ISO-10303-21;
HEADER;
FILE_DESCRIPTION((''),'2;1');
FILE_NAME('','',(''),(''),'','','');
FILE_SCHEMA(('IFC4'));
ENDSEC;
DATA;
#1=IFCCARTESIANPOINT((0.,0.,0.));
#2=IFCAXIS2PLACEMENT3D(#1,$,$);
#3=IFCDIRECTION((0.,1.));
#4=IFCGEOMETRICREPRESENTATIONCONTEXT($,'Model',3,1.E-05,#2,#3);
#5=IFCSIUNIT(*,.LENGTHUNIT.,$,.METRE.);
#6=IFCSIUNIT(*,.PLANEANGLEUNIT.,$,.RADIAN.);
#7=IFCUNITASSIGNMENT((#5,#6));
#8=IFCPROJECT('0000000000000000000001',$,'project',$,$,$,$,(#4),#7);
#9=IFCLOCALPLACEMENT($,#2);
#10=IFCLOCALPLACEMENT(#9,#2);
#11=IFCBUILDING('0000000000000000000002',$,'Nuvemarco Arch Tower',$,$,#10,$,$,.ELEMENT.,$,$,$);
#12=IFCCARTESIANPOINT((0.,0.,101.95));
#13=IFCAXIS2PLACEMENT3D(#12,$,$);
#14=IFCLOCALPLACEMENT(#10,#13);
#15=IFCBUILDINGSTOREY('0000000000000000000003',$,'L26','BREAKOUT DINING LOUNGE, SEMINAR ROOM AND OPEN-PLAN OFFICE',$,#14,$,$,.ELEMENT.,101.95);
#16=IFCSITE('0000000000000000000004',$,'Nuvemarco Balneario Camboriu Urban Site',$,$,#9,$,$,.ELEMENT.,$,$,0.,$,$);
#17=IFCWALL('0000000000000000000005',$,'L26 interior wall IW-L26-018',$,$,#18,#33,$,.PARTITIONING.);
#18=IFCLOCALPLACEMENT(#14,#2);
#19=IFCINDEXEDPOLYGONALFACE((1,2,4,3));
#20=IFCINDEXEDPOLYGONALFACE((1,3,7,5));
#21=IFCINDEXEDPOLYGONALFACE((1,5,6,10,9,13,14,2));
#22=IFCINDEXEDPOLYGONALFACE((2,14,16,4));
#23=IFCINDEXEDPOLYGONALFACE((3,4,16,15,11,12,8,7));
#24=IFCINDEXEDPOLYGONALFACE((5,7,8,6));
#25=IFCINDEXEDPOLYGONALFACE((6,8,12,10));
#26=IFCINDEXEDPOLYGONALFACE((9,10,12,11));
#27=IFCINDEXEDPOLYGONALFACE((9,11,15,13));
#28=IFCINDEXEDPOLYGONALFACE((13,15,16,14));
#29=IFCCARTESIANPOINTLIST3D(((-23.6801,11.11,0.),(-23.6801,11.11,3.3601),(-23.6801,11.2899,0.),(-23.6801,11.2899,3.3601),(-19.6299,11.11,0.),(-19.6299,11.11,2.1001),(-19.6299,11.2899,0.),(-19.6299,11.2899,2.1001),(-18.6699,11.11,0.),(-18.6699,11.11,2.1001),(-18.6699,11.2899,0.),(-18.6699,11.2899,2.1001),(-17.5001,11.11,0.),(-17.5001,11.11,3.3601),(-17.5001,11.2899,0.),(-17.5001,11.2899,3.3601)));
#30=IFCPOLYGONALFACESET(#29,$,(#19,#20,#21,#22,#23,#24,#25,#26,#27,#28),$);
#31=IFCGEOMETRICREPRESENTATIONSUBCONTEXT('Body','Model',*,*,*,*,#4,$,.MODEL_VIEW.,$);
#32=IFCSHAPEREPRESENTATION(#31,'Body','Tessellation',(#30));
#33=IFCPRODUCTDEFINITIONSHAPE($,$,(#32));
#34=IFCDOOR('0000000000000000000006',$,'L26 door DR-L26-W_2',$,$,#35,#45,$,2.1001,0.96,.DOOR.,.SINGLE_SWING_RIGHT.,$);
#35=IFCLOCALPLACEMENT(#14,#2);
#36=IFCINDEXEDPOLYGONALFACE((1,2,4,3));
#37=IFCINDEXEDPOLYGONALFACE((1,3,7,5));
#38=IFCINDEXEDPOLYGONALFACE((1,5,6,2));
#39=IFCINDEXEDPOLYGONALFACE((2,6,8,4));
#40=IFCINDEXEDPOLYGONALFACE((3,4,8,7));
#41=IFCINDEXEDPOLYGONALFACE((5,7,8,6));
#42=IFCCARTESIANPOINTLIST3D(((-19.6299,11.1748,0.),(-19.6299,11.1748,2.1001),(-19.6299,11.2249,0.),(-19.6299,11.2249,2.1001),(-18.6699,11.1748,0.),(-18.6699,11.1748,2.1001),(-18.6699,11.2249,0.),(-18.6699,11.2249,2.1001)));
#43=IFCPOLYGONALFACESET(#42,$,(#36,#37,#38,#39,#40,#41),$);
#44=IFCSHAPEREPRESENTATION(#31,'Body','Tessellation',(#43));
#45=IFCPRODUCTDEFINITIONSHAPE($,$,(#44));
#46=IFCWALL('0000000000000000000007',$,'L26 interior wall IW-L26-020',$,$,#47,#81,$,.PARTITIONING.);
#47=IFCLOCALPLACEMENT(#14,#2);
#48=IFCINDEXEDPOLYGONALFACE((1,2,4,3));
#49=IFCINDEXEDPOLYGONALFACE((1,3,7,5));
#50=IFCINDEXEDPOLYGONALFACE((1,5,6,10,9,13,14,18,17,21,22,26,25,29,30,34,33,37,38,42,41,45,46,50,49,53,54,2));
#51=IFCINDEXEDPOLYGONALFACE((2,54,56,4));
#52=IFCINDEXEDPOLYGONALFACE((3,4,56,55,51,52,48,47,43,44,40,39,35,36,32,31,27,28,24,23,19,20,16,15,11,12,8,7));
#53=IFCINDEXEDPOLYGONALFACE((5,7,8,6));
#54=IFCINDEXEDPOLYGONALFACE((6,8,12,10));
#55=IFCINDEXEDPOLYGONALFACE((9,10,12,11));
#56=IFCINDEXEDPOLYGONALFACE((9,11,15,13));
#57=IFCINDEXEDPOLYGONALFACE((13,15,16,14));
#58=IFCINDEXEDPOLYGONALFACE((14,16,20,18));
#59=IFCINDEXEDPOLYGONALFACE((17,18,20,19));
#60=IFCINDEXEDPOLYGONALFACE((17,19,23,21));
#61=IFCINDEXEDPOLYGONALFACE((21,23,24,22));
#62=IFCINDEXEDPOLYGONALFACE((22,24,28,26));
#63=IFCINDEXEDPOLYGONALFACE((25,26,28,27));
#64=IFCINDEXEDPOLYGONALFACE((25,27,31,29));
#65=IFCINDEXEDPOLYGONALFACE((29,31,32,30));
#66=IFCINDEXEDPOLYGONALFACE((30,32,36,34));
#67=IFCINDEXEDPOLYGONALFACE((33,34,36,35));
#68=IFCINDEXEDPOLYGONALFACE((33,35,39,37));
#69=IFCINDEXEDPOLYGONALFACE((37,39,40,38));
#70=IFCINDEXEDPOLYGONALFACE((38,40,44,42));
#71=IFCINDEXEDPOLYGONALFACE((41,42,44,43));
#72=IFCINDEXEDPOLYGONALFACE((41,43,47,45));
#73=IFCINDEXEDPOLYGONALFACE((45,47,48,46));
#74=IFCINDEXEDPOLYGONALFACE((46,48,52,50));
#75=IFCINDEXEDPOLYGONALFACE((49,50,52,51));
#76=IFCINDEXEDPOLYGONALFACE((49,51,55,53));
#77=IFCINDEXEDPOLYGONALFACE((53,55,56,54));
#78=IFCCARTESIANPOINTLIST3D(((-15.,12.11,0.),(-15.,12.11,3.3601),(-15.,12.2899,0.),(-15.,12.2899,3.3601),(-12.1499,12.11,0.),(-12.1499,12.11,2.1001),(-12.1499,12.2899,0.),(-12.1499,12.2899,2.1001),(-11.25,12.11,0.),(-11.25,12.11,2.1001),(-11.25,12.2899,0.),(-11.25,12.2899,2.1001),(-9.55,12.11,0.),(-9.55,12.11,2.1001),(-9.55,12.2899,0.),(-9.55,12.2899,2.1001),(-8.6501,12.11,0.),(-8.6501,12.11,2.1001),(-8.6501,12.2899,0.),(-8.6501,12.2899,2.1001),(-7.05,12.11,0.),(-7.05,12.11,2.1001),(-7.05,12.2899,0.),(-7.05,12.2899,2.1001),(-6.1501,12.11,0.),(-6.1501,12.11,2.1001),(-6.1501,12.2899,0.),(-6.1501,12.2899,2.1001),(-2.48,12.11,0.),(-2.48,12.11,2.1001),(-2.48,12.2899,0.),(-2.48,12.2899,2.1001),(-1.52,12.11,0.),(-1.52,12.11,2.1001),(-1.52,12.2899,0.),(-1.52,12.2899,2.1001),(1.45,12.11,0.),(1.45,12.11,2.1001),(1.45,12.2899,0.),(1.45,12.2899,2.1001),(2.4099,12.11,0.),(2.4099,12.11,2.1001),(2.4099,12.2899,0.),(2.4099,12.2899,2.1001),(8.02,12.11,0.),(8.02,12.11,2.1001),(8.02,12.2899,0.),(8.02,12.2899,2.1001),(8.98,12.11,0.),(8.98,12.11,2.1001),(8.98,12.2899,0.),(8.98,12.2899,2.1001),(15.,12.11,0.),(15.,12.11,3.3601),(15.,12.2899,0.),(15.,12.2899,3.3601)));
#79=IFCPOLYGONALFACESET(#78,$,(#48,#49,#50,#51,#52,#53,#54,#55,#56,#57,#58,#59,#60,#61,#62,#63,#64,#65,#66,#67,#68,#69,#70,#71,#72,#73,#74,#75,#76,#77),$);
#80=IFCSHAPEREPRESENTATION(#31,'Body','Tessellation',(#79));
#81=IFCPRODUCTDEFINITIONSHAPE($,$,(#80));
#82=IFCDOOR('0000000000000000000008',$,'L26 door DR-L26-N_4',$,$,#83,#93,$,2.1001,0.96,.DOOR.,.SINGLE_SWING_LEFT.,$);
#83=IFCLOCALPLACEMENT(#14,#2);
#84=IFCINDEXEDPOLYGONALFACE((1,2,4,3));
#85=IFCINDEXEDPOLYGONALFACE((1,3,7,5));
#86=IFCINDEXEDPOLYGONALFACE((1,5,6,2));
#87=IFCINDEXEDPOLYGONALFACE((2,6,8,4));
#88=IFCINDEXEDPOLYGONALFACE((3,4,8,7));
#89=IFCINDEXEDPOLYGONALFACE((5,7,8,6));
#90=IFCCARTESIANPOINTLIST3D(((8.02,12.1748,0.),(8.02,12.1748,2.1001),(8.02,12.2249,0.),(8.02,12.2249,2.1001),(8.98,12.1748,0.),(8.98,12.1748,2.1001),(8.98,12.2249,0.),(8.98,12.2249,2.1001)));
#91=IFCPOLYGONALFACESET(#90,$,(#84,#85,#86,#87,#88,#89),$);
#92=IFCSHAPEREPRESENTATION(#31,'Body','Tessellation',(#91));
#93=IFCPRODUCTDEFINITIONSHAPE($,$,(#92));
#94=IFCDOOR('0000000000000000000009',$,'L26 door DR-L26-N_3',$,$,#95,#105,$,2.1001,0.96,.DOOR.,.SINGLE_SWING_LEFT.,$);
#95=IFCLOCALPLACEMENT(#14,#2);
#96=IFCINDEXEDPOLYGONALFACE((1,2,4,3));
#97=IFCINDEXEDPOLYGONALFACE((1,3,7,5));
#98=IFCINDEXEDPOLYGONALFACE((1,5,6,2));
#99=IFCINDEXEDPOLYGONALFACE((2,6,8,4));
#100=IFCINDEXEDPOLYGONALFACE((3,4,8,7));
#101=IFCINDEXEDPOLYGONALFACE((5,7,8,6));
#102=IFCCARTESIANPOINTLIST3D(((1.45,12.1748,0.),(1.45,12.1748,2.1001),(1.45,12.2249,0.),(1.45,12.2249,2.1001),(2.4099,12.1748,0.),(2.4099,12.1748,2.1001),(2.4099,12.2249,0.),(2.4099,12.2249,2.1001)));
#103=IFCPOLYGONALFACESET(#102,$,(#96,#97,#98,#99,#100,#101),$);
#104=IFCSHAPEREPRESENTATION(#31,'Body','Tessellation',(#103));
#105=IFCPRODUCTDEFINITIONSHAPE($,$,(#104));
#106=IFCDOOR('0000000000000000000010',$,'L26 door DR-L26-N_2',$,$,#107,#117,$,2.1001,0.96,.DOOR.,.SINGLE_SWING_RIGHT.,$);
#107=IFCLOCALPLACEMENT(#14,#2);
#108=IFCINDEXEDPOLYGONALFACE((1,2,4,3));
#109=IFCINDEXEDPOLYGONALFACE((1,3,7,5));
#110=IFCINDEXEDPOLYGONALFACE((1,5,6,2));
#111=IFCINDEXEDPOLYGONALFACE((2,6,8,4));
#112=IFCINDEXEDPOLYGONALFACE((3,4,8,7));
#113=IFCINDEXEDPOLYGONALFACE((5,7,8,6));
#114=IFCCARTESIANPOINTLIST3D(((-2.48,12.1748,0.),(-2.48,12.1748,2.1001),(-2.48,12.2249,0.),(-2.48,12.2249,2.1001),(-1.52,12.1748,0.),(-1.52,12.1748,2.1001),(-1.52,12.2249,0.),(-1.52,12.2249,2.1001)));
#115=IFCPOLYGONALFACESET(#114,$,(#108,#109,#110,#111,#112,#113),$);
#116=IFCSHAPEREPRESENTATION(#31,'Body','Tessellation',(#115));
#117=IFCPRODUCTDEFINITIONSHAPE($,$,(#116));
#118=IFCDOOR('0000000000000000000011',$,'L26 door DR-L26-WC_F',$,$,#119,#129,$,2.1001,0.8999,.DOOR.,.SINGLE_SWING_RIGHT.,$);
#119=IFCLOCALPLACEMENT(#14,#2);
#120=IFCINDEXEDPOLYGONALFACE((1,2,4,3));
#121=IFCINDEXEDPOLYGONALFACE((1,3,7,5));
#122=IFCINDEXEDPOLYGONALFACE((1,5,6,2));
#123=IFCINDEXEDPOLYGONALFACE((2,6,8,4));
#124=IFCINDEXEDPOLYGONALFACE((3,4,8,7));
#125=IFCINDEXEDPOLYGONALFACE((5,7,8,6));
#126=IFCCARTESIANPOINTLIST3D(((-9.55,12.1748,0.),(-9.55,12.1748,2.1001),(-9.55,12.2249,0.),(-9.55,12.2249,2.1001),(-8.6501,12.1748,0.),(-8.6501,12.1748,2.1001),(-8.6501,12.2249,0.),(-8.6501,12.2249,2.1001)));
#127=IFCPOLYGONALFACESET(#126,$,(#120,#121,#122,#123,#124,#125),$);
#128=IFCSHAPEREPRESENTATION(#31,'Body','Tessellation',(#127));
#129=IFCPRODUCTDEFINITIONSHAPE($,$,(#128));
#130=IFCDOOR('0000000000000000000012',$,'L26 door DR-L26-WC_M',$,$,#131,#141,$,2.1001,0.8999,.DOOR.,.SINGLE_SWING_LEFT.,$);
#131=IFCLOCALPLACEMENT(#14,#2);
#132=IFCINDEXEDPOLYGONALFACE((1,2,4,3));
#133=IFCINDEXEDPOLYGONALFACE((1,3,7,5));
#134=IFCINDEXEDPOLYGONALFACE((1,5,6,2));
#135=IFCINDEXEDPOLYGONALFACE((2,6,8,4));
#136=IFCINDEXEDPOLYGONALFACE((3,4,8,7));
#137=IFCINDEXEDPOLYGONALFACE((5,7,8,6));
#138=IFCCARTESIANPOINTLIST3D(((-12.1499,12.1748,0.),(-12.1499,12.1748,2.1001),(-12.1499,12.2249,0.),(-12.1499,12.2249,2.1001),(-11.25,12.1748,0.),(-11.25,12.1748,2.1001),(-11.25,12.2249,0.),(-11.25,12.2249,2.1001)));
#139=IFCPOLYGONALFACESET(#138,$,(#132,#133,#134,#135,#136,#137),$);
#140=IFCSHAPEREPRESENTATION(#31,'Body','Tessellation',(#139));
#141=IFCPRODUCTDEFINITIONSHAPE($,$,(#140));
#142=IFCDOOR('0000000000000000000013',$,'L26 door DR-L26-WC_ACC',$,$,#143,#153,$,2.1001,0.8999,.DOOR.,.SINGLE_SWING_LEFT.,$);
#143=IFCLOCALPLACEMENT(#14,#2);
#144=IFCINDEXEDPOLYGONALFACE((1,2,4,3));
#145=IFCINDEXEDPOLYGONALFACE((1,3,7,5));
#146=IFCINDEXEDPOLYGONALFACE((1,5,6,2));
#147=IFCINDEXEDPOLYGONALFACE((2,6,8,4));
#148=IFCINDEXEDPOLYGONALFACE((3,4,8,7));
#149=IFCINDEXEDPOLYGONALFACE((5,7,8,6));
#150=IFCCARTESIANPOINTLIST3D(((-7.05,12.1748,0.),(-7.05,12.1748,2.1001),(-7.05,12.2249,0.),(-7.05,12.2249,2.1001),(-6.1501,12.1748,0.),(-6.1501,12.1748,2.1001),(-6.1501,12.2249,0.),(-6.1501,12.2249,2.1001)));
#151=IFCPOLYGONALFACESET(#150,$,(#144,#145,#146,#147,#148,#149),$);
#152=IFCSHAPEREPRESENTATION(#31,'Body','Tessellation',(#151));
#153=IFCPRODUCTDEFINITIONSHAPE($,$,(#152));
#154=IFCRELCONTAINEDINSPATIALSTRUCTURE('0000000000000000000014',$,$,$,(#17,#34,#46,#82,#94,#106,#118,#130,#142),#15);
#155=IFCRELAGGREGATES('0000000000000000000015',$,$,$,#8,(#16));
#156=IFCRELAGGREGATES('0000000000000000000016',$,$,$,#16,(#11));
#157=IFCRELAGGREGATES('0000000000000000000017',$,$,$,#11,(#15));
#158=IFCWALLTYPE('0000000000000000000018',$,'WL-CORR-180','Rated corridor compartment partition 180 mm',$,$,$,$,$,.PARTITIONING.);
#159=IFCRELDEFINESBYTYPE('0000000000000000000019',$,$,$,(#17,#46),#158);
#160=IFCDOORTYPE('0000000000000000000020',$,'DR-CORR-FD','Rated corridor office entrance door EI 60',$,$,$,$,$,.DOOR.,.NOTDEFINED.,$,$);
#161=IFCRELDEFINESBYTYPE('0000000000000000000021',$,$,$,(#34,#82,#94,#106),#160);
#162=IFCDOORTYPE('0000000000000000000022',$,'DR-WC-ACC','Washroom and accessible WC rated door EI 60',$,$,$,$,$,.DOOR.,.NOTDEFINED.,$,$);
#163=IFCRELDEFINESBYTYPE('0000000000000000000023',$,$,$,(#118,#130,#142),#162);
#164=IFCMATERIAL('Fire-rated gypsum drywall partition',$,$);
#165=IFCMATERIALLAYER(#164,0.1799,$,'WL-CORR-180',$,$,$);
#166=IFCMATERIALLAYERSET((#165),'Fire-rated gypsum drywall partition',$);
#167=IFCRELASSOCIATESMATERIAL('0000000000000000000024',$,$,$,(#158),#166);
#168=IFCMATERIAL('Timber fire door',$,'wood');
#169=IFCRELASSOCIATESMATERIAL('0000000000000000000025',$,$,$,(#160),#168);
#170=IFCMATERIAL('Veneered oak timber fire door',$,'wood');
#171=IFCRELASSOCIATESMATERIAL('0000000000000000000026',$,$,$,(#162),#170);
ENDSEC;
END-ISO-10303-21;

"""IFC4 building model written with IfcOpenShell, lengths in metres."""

from ifc_helpers import new_model, si_unit, direction, frame, frame_2d, origin, place, context, subcontext, project, spatial, rectangle, extrude, source, transform, mapped, material, layer, layer_set, type_object, type_shapes, element, fill, save


model = new_model("IFC4")

# Units and contexts
model_context = context("Model", 3, precision=1e-05, world=origin(), true_north=direction((0.0, 1.0)))
body_context = subcontext(model_context, "Body", "Model", "MODEL_VIEW")
ifc_project = project(units=[si_unit("LENGTHUNIT", "METRE"), si_unit("PLANEANGLEUNIT", "RADIAN")], contexts=[model_context])

# Site, building, storey
site_placement = place(None, origin())
site = spatial("IfcSite", under=ifc_project, at=site_placement, Name="Nuvemarco Balneario Camboriu Urban Site", CompositionType="ELEMENT", RefElevation=0.0)
building_placement = place(site_placement, origin())
building = spatial("IfcBuilding", under=site, at=building_placement, Name="Nuvemarco Arch Tower", CompositionType="ELEMENT")
storey_placement = place(building_placement, frame((0.0, 0.0, 101.95)))
storey = spatial("IfcBuildingStorey", under=building, at=storey_placement, Name="L26", Description="BREAKOUT DINING LOUNGE, SEMINAR ROOM AND OPEN-PLAN OFFICE", CompositionType="ELEMENT", Elevation=101.95)

# Wall, opening, door
ifc_material_1 = material(Name="Fire-rated gypsum drywall partition")
ifc_layer = layer(ifc_material_1, 0.1799, Name="WL-CORR-180")
ifc_layer_set = layer_set([ifc_layer], Name="Fire-rated gypsum drywall partition")
wall_type = type_object("IfcWallType", Name="WL-CORR-180", Description="Rated corridor compartment partition 180 mm", PredefinedType="PARTITIONING", material=ifc_layer_set)
wall_1_placement = place(storey_placement, frame((-23.6799, 11.2, 0.0), z_axis=(0.0, 0.0, 1.0), x_axis=(1.0, 0.0, 0.0)))
wall_1 = element("IfcWall", 1, at=wall_1_placement, inside=storey, type_object=wall_type, Name="L26 interior wall IW-L26-018", PredefinedType="PARTITIONING", context=body_context, shape_type="SweptSolid", body=[
    extrude(rectangle(XDim=6.1799, YDim=0.1799, at=frame_2d((3.0898, 0.0))), origin(), (0.0, 0.0, 1.0), 3.3601),
])
opening_1_placement = place(wall_1_placement, frame((4.05, 0.0, 0.0)))
opening_1 = element("IfcOpeningElement", 2, at=opening_1_placement, cuts=wall_1, PredefinedType="OPENING", context=body_context, shape_type="SweptSolid", body=[
    extrude(rectangle(XDim=0.96, YDim=2.1001, at=frame_2d((0.48, 1.05))), frame((0.0, 0.0999, 0.0), z_axis=(0.0, -1.0, 0.0), x_axis=(1.0, 0.0, 0.0)), (0.0, 0.0, 1.0), 0.2),
])
ifc_material_2 = material(Name="Timber fire door", Category="wood")
door_type_1 = type_object("IfcDoorType", Name="DR-CORR-FD", Description="Rated corridor office entrance door EI 60", OperationType="NOTDEFINED", PredefinedType="DOOR", material=ifc_material_2)
shared_shape_1 = source(origin(), body_context, "Body", "SweptSolid", [
    extrude(rectangle(XDim=0.96, YDim=2.1001, at=frame_2d((0.48, 1.05))), frame((0.0, 0.0249, 0.0), z_axis=(0.0, -1.0, 0.0), x_axis=(1.0, 0.0, 0.0)), (0.0, 0.0, 1.0), 0.05),
])
type_shapes(door_type_1, [shared_shape_1])
door_1_placement = place(opening_1_placement, origin())
door_1 = element("IfcDoor", 3, at=door_1_placement, inside=storey, type_object=door_type_1, Name="L26 door DR-L26-W_2", OperationType="SINGLE_SWING_RIGHT", OverallHeight=2.1001, OverallWidth=0.96, PredefinedType="DOOR", context=body_context, shape_type="MappedRepresentation", body=[
    mapped(shared_shape_1, transform((0.0, 0.0, 0.0), scale=1.0)),
])
fill(opening_1, door_1)

# Wall, openings, doors
wall_2_placement = place(storey_placement, frame((-15.0, 12.2, 0.0), z_axis=(0.0, 0.0, 1.0), x_axis=(1.0, 0.0, 0.0)))
wall_2 = element("IfcWall", 4, at=wall_2_placement, inside=storey, type_object=wall_type, Name="L26 interior wall IW-L26-020", PredefinedType="PARTITIONING", context=body_context, shape_type="SweptSolid", body=[
    extrude(rectangle(XDim=30.0, YDim=0.1799, at=frame_2d((15.0, 0.0))), origin(), (0.0, 0.0, 1.0), 3.3601),
])
opening_2_placement = place(wall_2_placement, frame((23.02, 0.0, 0.0)))
opening_2 = element("IfcOpeningElement", 5, at=opening_2_placement, cuts=wall_2, PredefinedType="OPENING", context=body_context, shape_type="SweptSolid", body=[
    extrude(rectangle(XDim=0.96, YDim=2.1001, at=frame_2d((0.48, 1.05))), frame((0.0, 0.0999, 0.0), z_axis=(0.0, -1.0, 0.0), x_axis=(1.0, 0.0, 0.0)), (0.0, 0.0, 1.0), 0.2),
])
opening_3_placement = place(wall_2_placement, frame((16.45, 0.0, 0.0)))
opening_3 = element("IfcOpeningElement", 6, at=opening_3_placement, cuts=wall_2, PredefinedType="OPENING", context=body_context, shape_type="SweptSolid", body=[
    extrude(rectangle(XDim=0.96, YDim=2.1001, at=frame_2d((0.48, 1.05))), frame((0.0, 0.0999, 0.0), z_axis=(0.0, -1.0, 0.0), x_axis=(1.0, 0.0, 0.0)), (0.0, 0.0, 1.0), 0.2),
])
opening_4_placement = place(wall_2_placement, frame((5.45, 0.0, 0.0)))
opening_4 = element("IfcOpeningElement", 7, at=opening_4_placement, cuts=wall_2, PredefinedType="OPENING", context=body_context, shape_type="SweptSolid", body=[
    extrude(rectangle(XDim=0.8999, YDim=2.1001, at=frame_2d((0.45, 1.05))), frame((0.0, 0.0999, 0.0), z_axis=(0.0, -1.0, 0.0), x_axis=(1.0, 0.0, 0.0)), (0.0, 0.0, 1.0), 0.2),
])
opening_5_placement = place(wall_2_placement, frame((2.8501, 0.0, 0.0)))
opening_5 = element("IfcOpeningElement", 8, at=opening_5_placement, cuts=wall_2, PredefinedType="OPENING", context=body_context, shape_type="SweptSolid", body=[
    extrude(rectangle(XDim=0.8999, YDim=2.1001, at=frame_2d((0.45, 1.05))), frame((0.0, 0.0999, 0.0), z_axis=(0.0, -1.0, 0.0), x_axis=(1.0, 0.0, 0.0)), (0.0, 0.0, 1.0), 0.2),
])
opening_6_placement = place(wall_2_placement, frame((12.52, 0.0, 0.0)))
opening_6 = element("IfcOpeningElement", 9, at=opening_6_placement, cuts=wall_2, PredefinedType="OPENING", context=body_context, shape_type="SweptSolid", body=[
    extrude(rectangle(XDim=0.96, YDim=2.1001, at=frame_2d((0.48, 1.05))), frame((0.0, 0.0999, 0.0), z_axis=(0.0, -1.0, 0.0), x_axis=(1.0, 0.0, 0.0)), (0.0, 0.0, 1.0), 0.2),
])
opening_7_placement = place(wall_2_placement, frame((7.95, 0.0, 0.0)))
opening_7 = element("IfcOpeningElement", 10, at=opening_7_placement, cuts=wall_2, PredefinedType="OPENING", context=body_context, shape_type="SweptSolid", body=[
    extrude(rectangle(XDim=0.8999, YDim=2.1001, at=frame_2d((0.45, 1.05))), frame((0.0, 0.0999, 0.0), z_axis=(0.0, -1.0, 0.0), x_axis=(1.0, 0.0, 0.0)), (0.0, 0.0, 1.0), 0.2),
])
door_2_placement = place(opening_2_placement, origin())
door_2 = element("IfcDoor", 11, at=door_2_placement, inside=storey, type_object=door_type_1, Name="L26 door DR-L26-N_4", OperationType="SINGLE_SWING_LEFT", OverallHeight=2.1001, OverallWidth=0.96, PredefinedType="DOOR", context=body_context, shape_type="MappedRepresentation", body=[
    mapped(shared_shape_1, transform((0.0, 0.0, 0.0), scale=1.0)),
])
fill(opening_2, door_2)
door_3_placement = place(opening_3_placement, origin())
door_3 = element("IfcDoor", 12, at=door_3_placement, inside=storey, type_object=door_type_1, Name="L26 door DR-L26-N_3", OperationType="SINGLE_SWING_LEFT", OverallHeight=2.1001, OverallWidth=0.96, PredefinedType="DOOR", context=body_context, shape_type="MappedRepresentation", body=[
    mapped(shared_shape_1, transform((0.0, 0.0, 0.0), scale=1.0)),
])
fill(opening_3, door_3)
door_4_placement = place(opening_6_placement, origin())
door_4 = element("IfcDoor", 13, at=door_4_placement, inside=storey, type_object=door_type_1, Name="L26 door DR-L26-N_2", OperationType="SINGLE_SWING_RIGHT", OverallHeight=2.1001, OverallWidth=0.96, PredefinedType="DOOR", context=body_context, shape_type="MappedRepresentation", body=[
    mapped(shared_shape_1, transform((0.0, 0.0, 0.0), scale=1.0)),
])
fill(opening_6, door_4)
ifc_material_3 = material(Name="Veneered oak timber fire door", Category="wood")
door_type_2 = type_object("IfcDoorType", Name="DR-WC-ACC", Description="Washroom and accessible WC rated door EI 60", OperationType="NOTDEFINED", PredefinedType="DOOR", material=ifc_material_3)
shared_shape_2 = source(origin(), body_context, "Body", "SweptSolid", [
    extrude(rectangle(XDim=0.8999, YDim=2.1001, at=frame_2d((0.45, 1.05))), frame((0.0, 0.0249, 0.0), z_axis=(0.0, -1.0, 0.0), x_axis=(1.0, 0.0, 0.0)), (0.0, 0.0, 1.0), 0.05),
])
type_shapes(door_type_2, [shared_shape_2])
door_5_placement = place(opening_4_placement, origin())
door_5 = element("IfcDoor", 14, at=door_5_placement, inside=storey, type_object=door_type_2, Name="L26 door DR-L26-WC_F", OperationType="SINGLE_SWING_RIGHT", OverallHeight=2.1001, OverallWidth=0.8999, PredefinedType="DOOR", context=body_context, shape_type="MappedRepresentation", body=[
    mapped(shared_shape_2, transform((0.0, 0.0, 0.0), scale=1.0)),
])
fill(opening_4, door_5)
door_6_placement = place(opening_5_placement, origin())
door_6 = element("IfcDoor", 15, at=door_6_placement, inside=storey, type_object=door_type_2, Name="L26 door DR-L26-WC_M", OperationType="SINGLE_SWING_LEFT", OverallHeight=2.1001, OverallWidth=0.8999, PredefinedType="DOOR", context=body_context, shape_type="MappedRepresentation", body=[
    mapped(shared_shape_2, transform((0.0, 0.0, 0.0), scale=1.0)),
])
fill(opening_5, door_6)
door_7_placement = place(opening_7_placement, origin())
door_7 = element("IfcDoor", 16, at=door_7_placement, inside=storey, type_object=door_type_2, Name="L26 door DR-L26-WC_ACC", OperationType="SINGLE_SWING_LEFT", OverallHeight=2.1001, OverallWidth=0.8999, PredefinedType="DOOR", context=body_context, shape_type="MappedRepresentation", body=[
    mapped(shared_shape_2, transform((0.0, 0.0, 0.0), scale=1.0)),
])
fill(opening_7, door_7)

save(model, "model.ifc")
